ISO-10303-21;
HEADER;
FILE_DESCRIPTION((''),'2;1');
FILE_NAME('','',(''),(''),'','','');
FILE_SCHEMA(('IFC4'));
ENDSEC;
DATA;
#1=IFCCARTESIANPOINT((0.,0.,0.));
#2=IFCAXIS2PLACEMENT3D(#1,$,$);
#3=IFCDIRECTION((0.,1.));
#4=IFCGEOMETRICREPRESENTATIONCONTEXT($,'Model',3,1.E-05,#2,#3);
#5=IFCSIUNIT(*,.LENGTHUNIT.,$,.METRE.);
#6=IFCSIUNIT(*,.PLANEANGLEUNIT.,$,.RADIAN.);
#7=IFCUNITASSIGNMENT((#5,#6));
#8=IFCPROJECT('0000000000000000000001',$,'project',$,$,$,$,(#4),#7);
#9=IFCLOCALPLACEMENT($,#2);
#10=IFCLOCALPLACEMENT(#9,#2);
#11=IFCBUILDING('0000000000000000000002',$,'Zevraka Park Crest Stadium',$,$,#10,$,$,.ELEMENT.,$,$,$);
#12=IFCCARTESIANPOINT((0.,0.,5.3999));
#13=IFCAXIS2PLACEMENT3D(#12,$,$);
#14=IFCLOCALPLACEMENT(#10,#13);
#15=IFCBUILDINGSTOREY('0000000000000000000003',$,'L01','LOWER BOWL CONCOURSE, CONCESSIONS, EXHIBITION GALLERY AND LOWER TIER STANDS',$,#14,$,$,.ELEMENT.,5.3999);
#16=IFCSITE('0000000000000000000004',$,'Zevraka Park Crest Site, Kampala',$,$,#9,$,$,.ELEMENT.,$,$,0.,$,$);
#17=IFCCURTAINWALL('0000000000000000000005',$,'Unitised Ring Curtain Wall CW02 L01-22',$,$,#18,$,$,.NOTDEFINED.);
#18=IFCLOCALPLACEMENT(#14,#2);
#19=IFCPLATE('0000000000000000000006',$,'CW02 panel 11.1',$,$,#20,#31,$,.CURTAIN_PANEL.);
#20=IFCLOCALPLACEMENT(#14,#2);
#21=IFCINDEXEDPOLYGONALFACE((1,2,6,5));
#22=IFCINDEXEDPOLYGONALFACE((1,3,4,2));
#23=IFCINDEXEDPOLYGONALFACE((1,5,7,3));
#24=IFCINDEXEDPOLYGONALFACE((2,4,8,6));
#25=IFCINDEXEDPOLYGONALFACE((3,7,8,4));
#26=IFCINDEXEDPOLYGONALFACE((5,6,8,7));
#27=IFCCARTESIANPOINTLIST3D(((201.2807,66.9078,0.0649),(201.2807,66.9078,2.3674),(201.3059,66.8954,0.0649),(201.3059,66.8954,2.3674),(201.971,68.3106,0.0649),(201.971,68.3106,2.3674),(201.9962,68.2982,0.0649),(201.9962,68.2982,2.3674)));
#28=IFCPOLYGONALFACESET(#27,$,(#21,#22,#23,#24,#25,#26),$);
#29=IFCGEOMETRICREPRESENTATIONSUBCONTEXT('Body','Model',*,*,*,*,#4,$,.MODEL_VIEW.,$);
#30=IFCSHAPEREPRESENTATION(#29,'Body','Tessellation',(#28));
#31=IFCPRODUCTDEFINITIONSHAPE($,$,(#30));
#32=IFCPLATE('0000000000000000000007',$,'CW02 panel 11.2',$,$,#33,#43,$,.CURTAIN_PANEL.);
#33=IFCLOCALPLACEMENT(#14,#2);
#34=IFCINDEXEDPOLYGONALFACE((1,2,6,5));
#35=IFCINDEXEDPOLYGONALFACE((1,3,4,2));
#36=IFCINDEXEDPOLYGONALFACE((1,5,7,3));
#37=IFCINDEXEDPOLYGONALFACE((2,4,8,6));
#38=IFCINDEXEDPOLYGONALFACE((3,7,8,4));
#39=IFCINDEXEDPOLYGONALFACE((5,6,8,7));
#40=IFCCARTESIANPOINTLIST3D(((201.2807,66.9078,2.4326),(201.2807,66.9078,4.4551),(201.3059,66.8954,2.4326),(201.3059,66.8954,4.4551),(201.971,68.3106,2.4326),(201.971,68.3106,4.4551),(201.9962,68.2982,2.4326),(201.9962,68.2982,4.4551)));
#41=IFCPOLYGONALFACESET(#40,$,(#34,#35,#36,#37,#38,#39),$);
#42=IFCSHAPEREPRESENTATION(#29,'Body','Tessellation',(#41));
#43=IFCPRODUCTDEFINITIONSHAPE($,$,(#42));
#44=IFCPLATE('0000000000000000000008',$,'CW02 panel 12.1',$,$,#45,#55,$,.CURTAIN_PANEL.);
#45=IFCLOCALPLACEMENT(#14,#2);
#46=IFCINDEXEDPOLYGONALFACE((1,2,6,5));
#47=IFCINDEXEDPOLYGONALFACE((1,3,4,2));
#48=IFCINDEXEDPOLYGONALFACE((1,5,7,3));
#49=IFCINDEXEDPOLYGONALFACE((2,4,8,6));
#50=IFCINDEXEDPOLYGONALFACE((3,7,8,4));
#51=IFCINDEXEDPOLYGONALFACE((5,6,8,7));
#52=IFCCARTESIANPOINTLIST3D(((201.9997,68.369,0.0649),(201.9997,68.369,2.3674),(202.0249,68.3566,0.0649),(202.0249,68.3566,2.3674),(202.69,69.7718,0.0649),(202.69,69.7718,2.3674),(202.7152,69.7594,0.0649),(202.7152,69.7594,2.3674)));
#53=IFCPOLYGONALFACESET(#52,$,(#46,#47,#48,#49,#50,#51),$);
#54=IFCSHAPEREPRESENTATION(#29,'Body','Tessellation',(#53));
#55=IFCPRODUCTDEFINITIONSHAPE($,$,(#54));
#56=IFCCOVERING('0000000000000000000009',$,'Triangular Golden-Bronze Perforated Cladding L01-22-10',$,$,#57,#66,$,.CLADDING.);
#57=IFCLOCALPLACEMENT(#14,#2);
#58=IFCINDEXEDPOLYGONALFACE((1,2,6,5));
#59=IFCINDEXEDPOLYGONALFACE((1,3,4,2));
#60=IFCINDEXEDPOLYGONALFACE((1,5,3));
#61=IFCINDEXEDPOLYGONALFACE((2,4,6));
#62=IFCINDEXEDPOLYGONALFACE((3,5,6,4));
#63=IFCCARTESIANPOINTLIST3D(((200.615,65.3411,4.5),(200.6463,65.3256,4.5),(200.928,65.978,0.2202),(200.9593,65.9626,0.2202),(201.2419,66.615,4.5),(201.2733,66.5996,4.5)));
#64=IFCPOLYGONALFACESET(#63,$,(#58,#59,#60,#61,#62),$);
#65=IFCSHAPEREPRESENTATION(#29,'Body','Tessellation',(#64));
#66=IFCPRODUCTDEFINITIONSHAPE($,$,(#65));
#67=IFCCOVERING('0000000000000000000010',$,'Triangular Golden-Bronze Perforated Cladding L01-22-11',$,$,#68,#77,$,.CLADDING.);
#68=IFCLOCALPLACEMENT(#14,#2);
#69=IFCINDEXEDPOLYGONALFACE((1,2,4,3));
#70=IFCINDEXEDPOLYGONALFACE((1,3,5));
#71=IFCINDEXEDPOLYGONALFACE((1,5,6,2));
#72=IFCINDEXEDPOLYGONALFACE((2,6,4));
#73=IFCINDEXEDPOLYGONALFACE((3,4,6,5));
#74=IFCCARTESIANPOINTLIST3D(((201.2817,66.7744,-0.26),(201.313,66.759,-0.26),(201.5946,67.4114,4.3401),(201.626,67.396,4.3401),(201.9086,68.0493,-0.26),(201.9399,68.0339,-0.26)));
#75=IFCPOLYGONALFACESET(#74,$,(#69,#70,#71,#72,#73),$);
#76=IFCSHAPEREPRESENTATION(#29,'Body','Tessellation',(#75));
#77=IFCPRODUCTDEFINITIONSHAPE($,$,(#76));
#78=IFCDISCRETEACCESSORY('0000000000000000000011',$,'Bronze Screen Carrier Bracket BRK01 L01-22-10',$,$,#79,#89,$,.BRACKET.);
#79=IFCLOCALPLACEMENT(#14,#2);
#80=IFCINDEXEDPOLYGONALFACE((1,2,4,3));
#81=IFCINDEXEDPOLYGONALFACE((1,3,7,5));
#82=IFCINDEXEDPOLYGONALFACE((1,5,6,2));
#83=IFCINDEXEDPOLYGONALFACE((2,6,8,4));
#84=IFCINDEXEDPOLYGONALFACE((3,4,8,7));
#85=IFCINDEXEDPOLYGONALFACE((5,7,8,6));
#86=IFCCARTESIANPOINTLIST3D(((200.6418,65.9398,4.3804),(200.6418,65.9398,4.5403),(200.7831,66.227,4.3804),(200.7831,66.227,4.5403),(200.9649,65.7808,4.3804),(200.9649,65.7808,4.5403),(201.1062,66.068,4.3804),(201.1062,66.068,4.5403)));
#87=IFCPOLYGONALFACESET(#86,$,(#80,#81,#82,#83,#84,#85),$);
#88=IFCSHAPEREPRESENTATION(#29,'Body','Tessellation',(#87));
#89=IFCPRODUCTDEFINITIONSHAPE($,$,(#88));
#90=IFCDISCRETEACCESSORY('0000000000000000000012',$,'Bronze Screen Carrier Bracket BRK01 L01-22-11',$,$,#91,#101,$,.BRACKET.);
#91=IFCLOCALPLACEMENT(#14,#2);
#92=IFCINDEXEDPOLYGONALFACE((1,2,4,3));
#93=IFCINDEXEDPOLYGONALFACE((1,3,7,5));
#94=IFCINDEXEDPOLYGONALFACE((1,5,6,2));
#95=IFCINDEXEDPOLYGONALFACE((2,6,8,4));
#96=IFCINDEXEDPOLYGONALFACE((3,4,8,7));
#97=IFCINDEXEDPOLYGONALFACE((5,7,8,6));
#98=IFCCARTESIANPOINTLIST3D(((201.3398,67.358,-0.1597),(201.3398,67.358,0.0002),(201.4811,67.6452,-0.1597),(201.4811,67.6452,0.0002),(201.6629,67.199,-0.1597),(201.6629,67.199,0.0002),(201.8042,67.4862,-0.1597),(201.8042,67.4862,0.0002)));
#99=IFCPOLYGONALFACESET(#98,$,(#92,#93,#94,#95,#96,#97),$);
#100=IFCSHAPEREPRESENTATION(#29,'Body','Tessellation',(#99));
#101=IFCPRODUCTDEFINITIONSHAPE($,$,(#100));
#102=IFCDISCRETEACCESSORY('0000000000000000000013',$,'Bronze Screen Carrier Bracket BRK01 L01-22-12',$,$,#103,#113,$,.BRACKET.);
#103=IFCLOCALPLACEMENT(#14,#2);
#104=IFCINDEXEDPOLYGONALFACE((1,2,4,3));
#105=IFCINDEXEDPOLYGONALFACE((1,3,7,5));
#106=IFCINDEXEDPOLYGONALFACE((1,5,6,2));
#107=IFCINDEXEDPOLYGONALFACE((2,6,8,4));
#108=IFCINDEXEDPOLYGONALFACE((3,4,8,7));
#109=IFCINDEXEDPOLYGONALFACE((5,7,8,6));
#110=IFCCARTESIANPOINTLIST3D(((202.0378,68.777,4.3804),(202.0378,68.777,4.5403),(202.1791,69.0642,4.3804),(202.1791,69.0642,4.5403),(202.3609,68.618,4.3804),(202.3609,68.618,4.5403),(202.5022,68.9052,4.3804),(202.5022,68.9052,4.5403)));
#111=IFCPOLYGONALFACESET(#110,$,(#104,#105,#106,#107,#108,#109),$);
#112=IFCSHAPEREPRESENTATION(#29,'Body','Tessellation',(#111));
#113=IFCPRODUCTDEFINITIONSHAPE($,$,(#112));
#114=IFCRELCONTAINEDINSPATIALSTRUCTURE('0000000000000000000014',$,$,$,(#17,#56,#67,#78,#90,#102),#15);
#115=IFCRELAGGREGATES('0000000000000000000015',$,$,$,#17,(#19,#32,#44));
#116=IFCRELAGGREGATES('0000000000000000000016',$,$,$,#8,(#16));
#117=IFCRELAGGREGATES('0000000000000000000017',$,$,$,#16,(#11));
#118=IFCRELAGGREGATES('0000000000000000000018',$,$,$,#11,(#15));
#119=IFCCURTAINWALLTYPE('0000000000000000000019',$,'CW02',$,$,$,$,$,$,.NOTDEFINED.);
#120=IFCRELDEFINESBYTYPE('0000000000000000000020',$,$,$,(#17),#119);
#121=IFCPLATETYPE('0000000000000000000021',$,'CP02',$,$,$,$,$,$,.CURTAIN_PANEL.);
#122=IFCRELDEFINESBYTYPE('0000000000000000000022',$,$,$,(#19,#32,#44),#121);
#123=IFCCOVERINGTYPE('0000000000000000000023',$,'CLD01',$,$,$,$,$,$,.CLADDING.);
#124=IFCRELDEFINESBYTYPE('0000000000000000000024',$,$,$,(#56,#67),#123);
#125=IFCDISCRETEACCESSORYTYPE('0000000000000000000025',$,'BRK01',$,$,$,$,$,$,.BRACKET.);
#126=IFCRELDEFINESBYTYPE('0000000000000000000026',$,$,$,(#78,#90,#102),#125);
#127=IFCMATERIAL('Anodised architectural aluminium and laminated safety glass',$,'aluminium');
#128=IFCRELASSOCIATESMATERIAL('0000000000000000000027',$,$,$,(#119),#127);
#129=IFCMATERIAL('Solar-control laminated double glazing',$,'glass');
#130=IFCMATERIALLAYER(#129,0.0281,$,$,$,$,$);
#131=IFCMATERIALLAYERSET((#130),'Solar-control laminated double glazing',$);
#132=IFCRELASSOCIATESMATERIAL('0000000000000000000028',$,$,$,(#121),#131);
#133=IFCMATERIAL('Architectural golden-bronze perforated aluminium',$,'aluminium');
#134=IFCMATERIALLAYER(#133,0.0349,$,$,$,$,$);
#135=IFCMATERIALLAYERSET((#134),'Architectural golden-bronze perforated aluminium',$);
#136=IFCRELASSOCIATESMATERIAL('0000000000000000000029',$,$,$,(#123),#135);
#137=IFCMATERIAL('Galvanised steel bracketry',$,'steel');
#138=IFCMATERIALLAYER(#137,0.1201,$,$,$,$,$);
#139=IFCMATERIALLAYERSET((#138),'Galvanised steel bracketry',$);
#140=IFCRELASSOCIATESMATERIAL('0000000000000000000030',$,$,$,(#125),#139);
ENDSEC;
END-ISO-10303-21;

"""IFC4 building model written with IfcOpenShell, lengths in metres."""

from ifc_helpers import new_model, si_unit, direction, frame, origin, origin_2d, place, context, subcontext, project, spatial, polyline, rectangle, outline, extrude, material, layer, layer_set, type_object, element, aggregate, save


model = new_model("IFC4")

# Units and contexts
model_context = context("Model", 3, precision=1e-05, world=origin(), true_north=direction((0.0, 1.0)))
body_context = subcontext(model_context, "Body", "Model", "MODEL_VIEW")
ifc_project = project(units=[si_unit("LENGTHUNIT", "METRE"), si_unit("PLANEANGLEUNIT", "RADIAN")], contexts=[model_context])

# Site, building, storey
site_placement = place(None, origin())
site = spatial("IfcSite", under=ifc_project, at=site_placement, Name="Zevraka Park Crest Site, Kampala", CompositionType="ELEMENT", RefElevation=0.0)
building_placement = place(site_placement, origin())
building = spatial("IfcBuilding", under=site, at=building_placement, Name="Zevraka Park Crest Stadium", CompositionType="ELEMENT")
storey_placement = place(building_placement, frame((0.0, 0.0, 5.3999)))
storey = spatial("IfcBuildingStorey", under=building, at=storey_placement, Name="L01", Description="LOWER BOWL CONCOURSE, CONCESSIONS, EXHIBITION GALLERY AND LOWER TIER STANDS", CompositionType="ELEMENT", Elevation=5.3999)

# Curtain wall, plates
ifc_material_1 = material(Name="Anodised architectural aluminium and laminated safety glass", Category="aluminium")
curtain_wall_type = type_object("IfcCurtainWallType", Name="CW02", PredefinedType="NOTDEFINED", material=ifc_material_1)
curtain_wall_placement = place(storey_placement, origin())
curtain_wall = element("IfcCurtainWall", 1, at=curtain_wall_placement, inside=storey, type_object=curtain_wall_type, Name="Unitised Ring Curtain Wall CW02 L01-22", PredefinedType="NOTDEFINED")
ifc_material_2 = material(Name="Solar-control laminated double glazing", Category="glass")
ifc_layer_1 = layer(ifc_material_2, 0.0281)
ifc_layer_set_1 = layer_set([ifc_layer_1], Name="Solar-control laminated double glazing")
plate_type = type_object("IfcPlateType", Name="CP02", PredefinedType="CURTAIN_PANEL", material=ifc_layer_set_1)
plate_1_placement = place(storey_placement, frame((201.6384, 67.603, 0.0649), z_axis=(0.0, 0.0, 1.0), x_axis=(0.441517, 0.897253, 0.0)))
plate_1 = element("IfcPlate", 2, at=plate_1_placement, type_object=plate_type, Name="CW02 panel 11.1", PredefinedType="CURTAIN_PANEL", context=body_context, shape_type="SweptSolid", body=[
    extrude(rectangle(XDim=1.5635, YDim=0.0281, at=origin_2d()), origin(), (0.0, 0.0, 1.0), 2.3025),
])
plate_2_placement = place(storey_placement, frame((201.6384, 67.603, 2.4326), z_axis=(0.0, 0.0, 1.0), x_axis=(0.441517, 0.897253, 0.0)))
plate_2 = element("IfcPlate", 3, at=plate_2_placement, type_object=plate_type, Name="CW02 panel 11.2", PredefinedType="CURTAIN_PANEL", context=body_context, shape_type="SweptSolid", body=[
    extrude(rectangle(XDim=1.5635, YDim=0.0281, at=origin_2d()), origin(), (0.0, 0.0, 1.0), 2.0225),
])
plate_3_placement = place(storey_placement, frame((202.3574, 69.0642, 0.0649), z_axis=(0.0, 0.0, 1.0), x_axis=(0.441517, 0.897253, 0.0)))
plate_3 = element("IfcPlate", 4, at=plate_3_placement, type_object=plate_type, Name="CW02 panel 12.1", PredefinedType="CURTAIN_PANEL", context=body_context, shape_type="SweptSolid", body=[
    extrude(rectangle(XDim=1.5635, YDim=0.0281, at=origin_2d()), origin(), (0.0, 0.0, 1.0), 2.3025),
])
aggregate(curtain_wall, [plate_1, plate_2, plate_3])

# Coverings
ifc_material_3 = material(Name="Architectural golden-bronze perforated aluminium", Category="aluminium")
ifc_layer_2 = layer(ifc_material_3, 0.0349)
ifc_layer_set_2 = layer_set([ifc_layer_2], Name="Architectural golden-bronze perforated aluminium")
covering_type = type_object("IfcCoveringType", Name="CLD01", PredefinedType="CLADDING", material=ifc_layer_set_2)
covering_1_placement = place(storey_placement, frame((201.2419, 66.615, 4.5), z_axis=(-0.897229, 0.441565, 0.000102), x_axis=(-0.441565, -0.897229, 0.0)))
element("IfcCovering", 5, at=covering_1_placement, inside=storey, type_object=covering_type, Name="Triangular Golden-Bronze Perforated Cladding L01-22-10", PredefinedType="CLADDING", context=body_context, shape_type="SweptSolid", body=[
    extrude(outline(polyline([(0.0, 0.0), (1.4198, 0.0), (0.7101, -4.2798), (0.0, 0.0)])), origin(), (0.0, 0.0, -1.0), 0.0349),
])
covering_2_placement = place(storey_placement, frame((201.313, 66.759, -0.26), z_axis=(0.897363, -0.441292, 0.000048), x_axis=(0.441292, 0.897363, 0.0)))
element("IfcCovering", 6, at=covering_2_placement, inside=storey, type_object=covering_type, Name="Triangular Golden-Bronze Perforated Cladding L01-22-11", PredefinedType="CLADDING", context=body_context, shape_type="SweptSolid", body=[
    extrude(outline(polyline([(0.0, 0.0), (1.4207, 0.0), (0.7097, 4.6001), (0.0, 0.0)])), origin(), (0.0, 0.0, -1.0), 0.0349),
])

# Discrete accessories
ifc_material_4 = material(Name="Galvanised steel bracketry", Category="steel")
ifc_layer_3 = layer(ifc_material_4, 0.1201)
ifc_layer_set_3 = layer_set([ifc_layer_3], Name="Galvanised steel bracketry")
discrete_accessory_type = type_object("IfcDiscreteAccessoryType", Name="BRK01", PredefinedType="BRACKET", material=ifc_layer_set_3)
for number, where, z_axis, x_axis, name in (
    (7, (200.874, 66.0039, 4.3804), (0.0, 0.0, 1.0), (0.441506, 0.897258, 0.0), "Bronze Screen Carrier Bracket BRK01 L01-22-10"),
    (8, (201.572, 67.4221, -0.1597), (0.0, 0.0, 1.0), (0.441506, 0.897258, 0.0), "Bronze Screen Carrier Bracket BRK01 L01-22-11"),
    (9, (202.27, 68.8411, 4.3804), (0.0, 0.0, 1.0), (0.441506, 0.897258, 0.0), "Bronze Screen Carrier Bracket BRK01 L01-22-12"),
):
    element("IfcDiscreteAccessory", number, at=place(storey_placement, frame(where, z_axis=z_axis, x_axis=x_axis)), inside=storey, type_object=discrete_accessory_type, Name=name, PredefinedType="BRACKET", context=body_context, shape_type="SweptSolid", body=[
        extrude(rectangle(XDim=0.3201, YDim=0.3601, at=origin_2d()), origin(), (0.0, 0.0, 1.0), 0.1599),
    ])

save(model, "model.ifc")
